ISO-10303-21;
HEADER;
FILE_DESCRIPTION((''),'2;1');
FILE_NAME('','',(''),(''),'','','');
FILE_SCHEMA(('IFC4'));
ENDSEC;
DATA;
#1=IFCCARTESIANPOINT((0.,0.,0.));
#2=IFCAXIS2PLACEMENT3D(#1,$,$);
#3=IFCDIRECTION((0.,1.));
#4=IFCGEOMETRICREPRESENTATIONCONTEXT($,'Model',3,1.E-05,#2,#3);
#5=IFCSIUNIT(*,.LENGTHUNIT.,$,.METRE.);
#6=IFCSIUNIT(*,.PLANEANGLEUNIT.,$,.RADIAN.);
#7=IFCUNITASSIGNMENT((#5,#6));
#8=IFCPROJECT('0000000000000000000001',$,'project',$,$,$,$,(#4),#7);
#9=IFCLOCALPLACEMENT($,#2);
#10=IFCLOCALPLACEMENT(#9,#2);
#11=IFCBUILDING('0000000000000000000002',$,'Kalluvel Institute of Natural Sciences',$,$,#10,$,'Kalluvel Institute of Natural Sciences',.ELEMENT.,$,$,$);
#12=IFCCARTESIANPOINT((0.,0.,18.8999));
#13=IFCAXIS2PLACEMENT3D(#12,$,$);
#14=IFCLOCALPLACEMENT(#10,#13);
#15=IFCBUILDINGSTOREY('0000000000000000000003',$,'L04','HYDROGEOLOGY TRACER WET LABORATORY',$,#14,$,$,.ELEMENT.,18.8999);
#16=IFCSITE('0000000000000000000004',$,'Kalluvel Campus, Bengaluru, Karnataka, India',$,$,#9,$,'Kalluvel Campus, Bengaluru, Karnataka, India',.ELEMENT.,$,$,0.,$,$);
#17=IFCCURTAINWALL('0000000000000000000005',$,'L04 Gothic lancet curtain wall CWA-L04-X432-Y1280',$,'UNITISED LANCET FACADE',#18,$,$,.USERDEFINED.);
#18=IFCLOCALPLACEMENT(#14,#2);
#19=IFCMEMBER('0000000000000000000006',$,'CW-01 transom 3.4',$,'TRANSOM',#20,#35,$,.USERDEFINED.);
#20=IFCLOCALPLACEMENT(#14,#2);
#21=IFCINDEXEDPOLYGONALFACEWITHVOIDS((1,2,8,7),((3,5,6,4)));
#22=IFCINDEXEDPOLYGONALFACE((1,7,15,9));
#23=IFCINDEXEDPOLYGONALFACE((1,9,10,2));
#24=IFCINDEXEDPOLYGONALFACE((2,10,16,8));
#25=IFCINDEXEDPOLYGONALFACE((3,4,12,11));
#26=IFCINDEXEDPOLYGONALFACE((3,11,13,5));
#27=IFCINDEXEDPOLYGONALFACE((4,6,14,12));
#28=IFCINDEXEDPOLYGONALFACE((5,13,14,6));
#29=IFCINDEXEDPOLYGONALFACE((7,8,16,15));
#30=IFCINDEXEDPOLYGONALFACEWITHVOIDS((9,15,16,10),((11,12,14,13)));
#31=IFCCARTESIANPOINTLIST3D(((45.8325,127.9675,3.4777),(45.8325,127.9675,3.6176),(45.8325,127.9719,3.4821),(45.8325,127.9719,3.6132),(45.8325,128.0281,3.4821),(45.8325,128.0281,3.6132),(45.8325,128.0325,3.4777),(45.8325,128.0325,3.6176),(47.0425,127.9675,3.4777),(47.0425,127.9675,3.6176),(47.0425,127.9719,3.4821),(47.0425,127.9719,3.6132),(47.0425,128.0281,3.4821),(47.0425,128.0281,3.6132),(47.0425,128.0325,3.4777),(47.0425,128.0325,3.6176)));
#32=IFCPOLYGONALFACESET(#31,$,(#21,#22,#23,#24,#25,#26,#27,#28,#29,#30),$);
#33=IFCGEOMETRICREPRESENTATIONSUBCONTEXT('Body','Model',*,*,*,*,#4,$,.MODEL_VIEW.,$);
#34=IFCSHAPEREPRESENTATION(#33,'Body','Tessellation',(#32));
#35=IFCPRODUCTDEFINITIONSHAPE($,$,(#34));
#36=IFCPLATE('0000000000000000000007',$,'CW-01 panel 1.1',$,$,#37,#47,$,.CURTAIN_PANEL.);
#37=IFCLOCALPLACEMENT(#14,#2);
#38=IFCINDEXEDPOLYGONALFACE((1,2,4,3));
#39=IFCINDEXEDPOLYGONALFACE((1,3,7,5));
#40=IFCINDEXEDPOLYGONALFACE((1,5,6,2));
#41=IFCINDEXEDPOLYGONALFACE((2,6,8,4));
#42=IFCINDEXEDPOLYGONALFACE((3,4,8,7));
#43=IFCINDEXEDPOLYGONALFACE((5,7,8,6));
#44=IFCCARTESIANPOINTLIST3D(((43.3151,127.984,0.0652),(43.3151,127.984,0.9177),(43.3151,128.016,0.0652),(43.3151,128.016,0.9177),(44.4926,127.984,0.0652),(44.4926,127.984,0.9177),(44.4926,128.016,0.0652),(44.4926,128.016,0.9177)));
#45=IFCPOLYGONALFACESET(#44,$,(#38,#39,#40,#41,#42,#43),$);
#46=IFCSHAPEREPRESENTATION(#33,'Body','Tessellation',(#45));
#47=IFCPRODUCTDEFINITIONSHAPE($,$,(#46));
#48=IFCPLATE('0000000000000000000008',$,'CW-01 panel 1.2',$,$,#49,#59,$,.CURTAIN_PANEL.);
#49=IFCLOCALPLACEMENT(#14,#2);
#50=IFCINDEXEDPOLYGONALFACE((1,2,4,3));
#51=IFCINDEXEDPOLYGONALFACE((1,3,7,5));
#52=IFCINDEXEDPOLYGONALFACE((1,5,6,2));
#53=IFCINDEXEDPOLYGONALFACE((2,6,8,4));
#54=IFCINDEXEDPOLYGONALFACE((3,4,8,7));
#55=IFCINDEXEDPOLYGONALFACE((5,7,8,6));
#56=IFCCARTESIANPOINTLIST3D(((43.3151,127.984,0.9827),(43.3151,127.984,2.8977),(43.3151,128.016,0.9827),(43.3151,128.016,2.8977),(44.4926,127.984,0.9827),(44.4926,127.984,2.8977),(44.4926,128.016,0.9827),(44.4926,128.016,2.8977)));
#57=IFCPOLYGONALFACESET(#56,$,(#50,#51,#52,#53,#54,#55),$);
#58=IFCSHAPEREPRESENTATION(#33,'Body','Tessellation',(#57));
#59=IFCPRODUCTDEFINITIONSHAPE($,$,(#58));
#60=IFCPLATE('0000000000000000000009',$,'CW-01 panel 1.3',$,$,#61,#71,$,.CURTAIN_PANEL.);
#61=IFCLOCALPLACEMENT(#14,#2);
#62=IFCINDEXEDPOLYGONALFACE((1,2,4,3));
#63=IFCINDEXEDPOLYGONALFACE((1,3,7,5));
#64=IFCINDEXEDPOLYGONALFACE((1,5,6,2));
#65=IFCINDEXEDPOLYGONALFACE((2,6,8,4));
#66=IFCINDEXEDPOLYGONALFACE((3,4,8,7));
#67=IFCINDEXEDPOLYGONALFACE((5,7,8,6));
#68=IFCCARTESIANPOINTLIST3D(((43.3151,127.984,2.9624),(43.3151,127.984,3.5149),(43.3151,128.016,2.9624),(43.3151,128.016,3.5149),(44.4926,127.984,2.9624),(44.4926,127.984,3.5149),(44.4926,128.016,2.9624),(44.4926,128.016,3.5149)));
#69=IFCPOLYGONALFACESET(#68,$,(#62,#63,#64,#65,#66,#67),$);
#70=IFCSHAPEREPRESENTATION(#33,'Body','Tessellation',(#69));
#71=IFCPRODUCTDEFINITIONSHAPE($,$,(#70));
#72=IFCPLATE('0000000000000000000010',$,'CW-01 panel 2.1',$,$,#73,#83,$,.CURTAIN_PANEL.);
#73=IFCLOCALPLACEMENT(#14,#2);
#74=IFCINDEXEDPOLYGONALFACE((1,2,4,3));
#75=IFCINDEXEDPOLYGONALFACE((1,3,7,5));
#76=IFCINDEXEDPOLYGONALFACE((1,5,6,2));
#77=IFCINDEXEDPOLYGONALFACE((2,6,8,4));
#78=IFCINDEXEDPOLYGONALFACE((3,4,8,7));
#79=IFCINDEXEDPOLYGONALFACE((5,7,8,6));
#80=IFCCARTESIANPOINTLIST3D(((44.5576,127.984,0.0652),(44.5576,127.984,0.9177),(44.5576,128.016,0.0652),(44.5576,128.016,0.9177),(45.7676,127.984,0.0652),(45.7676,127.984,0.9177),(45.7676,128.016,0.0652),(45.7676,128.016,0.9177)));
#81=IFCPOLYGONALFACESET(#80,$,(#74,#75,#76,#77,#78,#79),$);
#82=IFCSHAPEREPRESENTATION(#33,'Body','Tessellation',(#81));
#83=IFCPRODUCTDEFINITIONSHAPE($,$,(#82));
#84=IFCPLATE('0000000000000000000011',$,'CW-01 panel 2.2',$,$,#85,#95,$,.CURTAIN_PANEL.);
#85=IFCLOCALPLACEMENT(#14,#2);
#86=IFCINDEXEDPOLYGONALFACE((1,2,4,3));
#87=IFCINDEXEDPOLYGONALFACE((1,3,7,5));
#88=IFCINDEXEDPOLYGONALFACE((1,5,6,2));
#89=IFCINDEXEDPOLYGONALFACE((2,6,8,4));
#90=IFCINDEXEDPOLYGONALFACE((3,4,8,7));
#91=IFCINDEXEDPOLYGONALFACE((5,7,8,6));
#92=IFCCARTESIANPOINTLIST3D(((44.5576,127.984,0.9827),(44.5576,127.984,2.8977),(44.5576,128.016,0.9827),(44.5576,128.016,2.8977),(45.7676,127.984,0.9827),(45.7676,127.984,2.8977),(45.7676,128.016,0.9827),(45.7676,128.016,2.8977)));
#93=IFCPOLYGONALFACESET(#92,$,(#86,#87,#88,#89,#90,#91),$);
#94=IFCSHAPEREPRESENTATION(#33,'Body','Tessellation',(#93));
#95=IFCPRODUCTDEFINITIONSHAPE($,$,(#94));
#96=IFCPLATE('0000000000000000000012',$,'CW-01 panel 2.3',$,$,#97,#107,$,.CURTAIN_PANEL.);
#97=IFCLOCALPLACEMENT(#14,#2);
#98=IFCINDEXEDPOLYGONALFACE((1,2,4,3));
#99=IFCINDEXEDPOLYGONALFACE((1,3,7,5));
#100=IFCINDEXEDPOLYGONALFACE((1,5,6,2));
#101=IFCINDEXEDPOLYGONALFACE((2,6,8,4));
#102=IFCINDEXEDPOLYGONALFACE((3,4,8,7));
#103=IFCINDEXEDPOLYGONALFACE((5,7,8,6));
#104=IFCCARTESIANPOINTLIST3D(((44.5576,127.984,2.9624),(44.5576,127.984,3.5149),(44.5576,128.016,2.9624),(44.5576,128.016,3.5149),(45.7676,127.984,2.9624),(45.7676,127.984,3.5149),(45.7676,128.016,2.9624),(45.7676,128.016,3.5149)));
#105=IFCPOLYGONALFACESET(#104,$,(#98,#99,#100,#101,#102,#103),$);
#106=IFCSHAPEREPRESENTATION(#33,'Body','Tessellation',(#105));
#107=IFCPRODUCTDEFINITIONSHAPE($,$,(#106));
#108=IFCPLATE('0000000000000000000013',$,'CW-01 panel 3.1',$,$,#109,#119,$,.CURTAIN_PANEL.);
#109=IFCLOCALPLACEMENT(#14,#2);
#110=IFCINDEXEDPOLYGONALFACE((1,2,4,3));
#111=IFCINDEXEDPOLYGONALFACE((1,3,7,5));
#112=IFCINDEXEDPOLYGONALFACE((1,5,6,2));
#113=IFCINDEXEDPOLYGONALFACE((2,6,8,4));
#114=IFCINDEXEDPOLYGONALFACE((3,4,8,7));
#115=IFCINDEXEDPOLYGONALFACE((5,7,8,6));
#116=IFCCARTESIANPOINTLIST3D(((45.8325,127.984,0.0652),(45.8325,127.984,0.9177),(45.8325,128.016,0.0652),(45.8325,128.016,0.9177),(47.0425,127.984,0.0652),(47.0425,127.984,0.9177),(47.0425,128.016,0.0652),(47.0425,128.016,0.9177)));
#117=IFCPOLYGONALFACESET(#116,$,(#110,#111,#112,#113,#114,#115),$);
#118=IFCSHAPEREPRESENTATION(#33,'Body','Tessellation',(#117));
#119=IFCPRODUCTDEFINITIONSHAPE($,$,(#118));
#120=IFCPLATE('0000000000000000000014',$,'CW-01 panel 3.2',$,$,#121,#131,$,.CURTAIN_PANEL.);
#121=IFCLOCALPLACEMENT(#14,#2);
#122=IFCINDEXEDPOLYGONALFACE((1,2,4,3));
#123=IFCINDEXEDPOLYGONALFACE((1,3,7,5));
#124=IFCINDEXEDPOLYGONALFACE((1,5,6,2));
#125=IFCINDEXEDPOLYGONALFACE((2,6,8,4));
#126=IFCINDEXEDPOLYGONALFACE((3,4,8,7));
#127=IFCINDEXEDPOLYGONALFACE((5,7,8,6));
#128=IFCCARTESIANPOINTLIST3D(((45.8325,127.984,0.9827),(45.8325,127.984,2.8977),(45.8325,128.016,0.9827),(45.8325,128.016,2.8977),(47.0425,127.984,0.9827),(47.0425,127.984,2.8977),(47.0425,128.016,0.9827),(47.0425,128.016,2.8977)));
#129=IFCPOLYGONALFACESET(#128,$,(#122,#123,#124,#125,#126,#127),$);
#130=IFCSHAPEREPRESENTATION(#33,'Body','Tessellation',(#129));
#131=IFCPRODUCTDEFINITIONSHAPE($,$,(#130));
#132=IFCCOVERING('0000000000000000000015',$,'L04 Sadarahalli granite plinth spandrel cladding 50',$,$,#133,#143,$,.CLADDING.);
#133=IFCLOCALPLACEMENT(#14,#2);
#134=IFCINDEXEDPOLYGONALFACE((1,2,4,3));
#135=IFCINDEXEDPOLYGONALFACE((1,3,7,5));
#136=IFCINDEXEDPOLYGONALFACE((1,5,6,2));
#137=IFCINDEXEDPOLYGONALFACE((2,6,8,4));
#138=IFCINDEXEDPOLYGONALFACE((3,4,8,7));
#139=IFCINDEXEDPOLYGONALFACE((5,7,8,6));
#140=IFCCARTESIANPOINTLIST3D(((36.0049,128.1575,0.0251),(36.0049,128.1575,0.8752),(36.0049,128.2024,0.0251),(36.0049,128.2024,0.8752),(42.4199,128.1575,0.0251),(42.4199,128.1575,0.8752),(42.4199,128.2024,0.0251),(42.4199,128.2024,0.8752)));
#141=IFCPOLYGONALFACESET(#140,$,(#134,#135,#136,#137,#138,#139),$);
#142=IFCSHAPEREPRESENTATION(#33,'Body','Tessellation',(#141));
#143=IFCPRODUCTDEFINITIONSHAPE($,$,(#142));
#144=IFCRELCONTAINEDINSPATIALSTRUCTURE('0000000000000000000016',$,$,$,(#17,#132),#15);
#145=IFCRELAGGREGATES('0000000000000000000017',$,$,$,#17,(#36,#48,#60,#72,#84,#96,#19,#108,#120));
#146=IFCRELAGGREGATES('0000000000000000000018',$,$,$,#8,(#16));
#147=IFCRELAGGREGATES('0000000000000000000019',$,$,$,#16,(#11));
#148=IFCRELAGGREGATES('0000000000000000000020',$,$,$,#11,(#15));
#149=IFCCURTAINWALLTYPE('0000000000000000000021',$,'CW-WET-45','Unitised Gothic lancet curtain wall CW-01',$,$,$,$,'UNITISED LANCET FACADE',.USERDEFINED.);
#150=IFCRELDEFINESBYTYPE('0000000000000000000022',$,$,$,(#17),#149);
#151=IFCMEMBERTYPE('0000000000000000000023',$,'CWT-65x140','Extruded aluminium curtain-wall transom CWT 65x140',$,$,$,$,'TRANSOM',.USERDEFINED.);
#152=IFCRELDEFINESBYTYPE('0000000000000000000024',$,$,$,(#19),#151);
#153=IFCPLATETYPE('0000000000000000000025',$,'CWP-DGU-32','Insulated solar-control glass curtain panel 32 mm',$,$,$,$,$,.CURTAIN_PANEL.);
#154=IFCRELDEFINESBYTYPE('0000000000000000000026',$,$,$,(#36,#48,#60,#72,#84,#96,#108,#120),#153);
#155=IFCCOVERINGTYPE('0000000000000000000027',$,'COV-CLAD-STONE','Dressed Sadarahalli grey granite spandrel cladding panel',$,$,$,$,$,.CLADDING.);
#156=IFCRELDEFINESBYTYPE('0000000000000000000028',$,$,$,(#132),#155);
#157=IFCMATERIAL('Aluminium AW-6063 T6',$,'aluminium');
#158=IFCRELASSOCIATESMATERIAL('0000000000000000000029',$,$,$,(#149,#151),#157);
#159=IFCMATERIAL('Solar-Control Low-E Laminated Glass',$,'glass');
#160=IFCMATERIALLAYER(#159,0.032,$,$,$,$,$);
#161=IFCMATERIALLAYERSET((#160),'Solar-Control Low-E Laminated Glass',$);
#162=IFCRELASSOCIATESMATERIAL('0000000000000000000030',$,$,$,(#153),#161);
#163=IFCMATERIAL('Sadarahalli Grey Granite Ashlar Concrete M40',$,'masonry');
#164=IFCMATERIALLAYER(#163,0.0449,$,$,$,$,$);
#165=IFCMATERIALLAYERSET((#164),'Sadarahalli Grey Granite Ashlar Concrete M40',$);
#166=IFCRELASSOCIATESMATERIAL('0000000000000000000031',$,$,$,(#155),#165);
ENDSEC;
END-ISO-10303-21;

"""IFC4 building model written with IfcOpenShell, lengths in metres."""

from ifc_helpers import new_model, si_unit, direction, frame, origin, origin_2d, place, context, subcontext, project, spatial, rectangle, hollow_rectangle, extrude, material, layer, layer_set, material_profile, profile_set, type_object, element, aggregate, save


model = new_model("IFC4")

# Units and contexts
model_context = context("Model", 3, precision=1e-05, world=origin(), true_north=direction((0.0, 1.0)))
body_context = subcontext(model_context, "Body", "Model", "MODEL_VIEW")
ifc_project = project(units=[si_unit("LENGTHUNIT", "METRE"), si_unit("PLANEANGLEUNIT", "RADIAN")], contexts=[model_context])

# Site, building, storey
site_placement = place(None, origin())
site = spatial("IfcSite", under=ifc_project, at=site_placement, Name="Kalluvel Campus, Bengaluru, Karnataka, India", LongName="Kalluvel Campus, Bengaluru, Karnataka, India", CompositionType="ELEMENT", RefElevation=0.0)
building_placement = place(site_placement, origin())
building = spatial("IfcBuilding", under=site, at=building_placement, Name="Kalluvel Institute of Natural Sciences", LongName="Kalluvel Institute of Natural Sciences", CompositionType="ELEMENT")
storey_placement = place(building_placement, frame((0.0, 0.0, 18.8999)))
storey = spatial("IfcBuildingStorey", under=building, at=storey_placement, Name="L04", Description="HYDROGEOLOGY TRACER WET LABORATORY", CompositionType="ELEMENT", Elevation=18.8999)

# Curtain wall, member, plates
ifc_material_1 = material(Name="Aluminium AW-6063 T6", Category="aluminium")
curtain_wall_type = type_object("IfcCurtainWallType", Name="CW-WET-45", Description="Unitised Gothic lancet curtain wall CW-01", ElementType="UNITISED LANCET FACADE", PredefinedType="USERDEFINED", material=ifc_material_1)
curtain_wall_placement = place(storey_placement, origin())
curtain_wall = element("IfcCurtainWall", 1, at=curtain_wall_placement, inside=storey, type_object=curtain_wall_type, Name="L04 Gothic lancet curtain wall CWA-L04-X432-Y1280", ObjectType="UNITISED LANCET FACADE", PredefinedType="USERDEFINED")
ifc_material_profile_1 = material_profile(ifc_material_1, hollow_rectangle(XDim=0.0649, YDim=0.1399, WallThickness=0.0044, at=origin_2d()), Name="CWT 65x140")
ifc_profile_set_1 = profile_set([ifc_material_profile_1], Name="Aluminium AW-6063 T6")
member_type_1 = type_object("IfcMemberType", Name="CWT-65x140", Description="Extruded aluminium curtain-wall transom CWT 65x140", ElementType="TRANSOM", PredefinedType="USERDEFINED", material=ifc_profile_set_1)
member_1_placement = place(storey_placement, frame((45.8325, 128.0, 3.5476), z_axis=(1.0, 0.0, 0.0), x_axis=(0.0, 1.0, 0.0)))
member_1 = element("IfcMember", 2, at=member_1_placement, type_object=member_type_1, Name="CW-01 transom 3.4", ObjectType="TRANSOM", PredefinedType="USERDEFINED", context=body_context, shape_type="SweptSolid", body=[
    extrude(hollow_rectangle(XDim=0.0649, YDim=0.1399, WallThickness=0.0044, at=origin_2d()), origin(), (0.0, 0.0, 1.0), 1.21),
])
ifc_material_2 = material(Name="Solar-Control Low-E Laminated Glass", Category="glass")
ifc_layer_1 = layer(ifc_material_2, 0.032)
ifc_layer_set_1 = layer_set([ifc_layer_1], Name="Solar-Control Low-E Laminated Glass")
plate_type = type_object("IfcPlateType", Name="CWP-DGU-32", Description="Insulated solar-control glass curtain panel 32 mm", PredefinedType="CURTAIN_PANEL", material=ifc_layer_set_1)
plate_1_placement = place(storey_placement, frame((43.9038, 128.0, 0.0652), z_axis=(0.0, 0.0, 1.0), x_axis=(1.0, 0.0, 0.0)))
plate_1 = element("IfcPlate", 3, at=plate_1_placement, type_object=plate_type, Name="CW-01 panel 1.1", PredefinedType="CURTAIN_PANEL", context=body_context, shape_type="SweptSolid", body=[
    extrude(rectangle(XDim=1.1775, YDim=0.032, at=origin_2d()), origin(), (0.0, 0.0, 1.0), 0.8525),
])
plate_2_placement = place(storey_placement, frame((43.9038, 128.0, 0.9827), z_axis=(0.0, 0.0, 1.0), x_axis=(1.0, 0.0, 0.0)))
plate_2 = element("IfcPlate", 4, at=plate_2_placement, type_object=plate_type, Name="CW-01 panel 1.2", PredefinedType="CURTAIN_PANEL", context=body_context, shape_type="SweptSolid", body=[
    extrude(rectangle(XDim=1.1775, YDim=0.032, at=origin_2d()), origin(), (0.0, 0.0, 1.0), 1.915),
])
plate_3_placement = place(storey_placement, frame((43.9038, 128.0, 2.9624), z_axis=(0.0, 0.0, 1.0), x_axis=(1.0, 0.0, 0.0)))
plate_3 = element("IfcPlate", 5, at=plate_3_placement, type_object=plate_type, Name="CW-01 panel 1.3", PredefinedType="CURTAIN_PANEL", context=body_context, shape_type="SweptSolid", body=[
    extrude(rectangle(XDim=1.1775, YDim=0.032, at=origin_2d()), origin(), (0.0, 0.0, 1.0), 0.5525),
])
plate_4_placement = place(storey_placement, frame((45.1626, 128.0, 0.0652), z_axis=(0.0, 0.0, 1.0), x_axis=(1.0, 0.0, 0.0)))
plate_4 = element("IfcPlate", 6, at=plate_4_placement, type_object=plate_type, Name="CW-01 panel 2.1", PredefinedType="CURTAIN_PANEL", context=body_context, shape_type="SweptSolid", body=[
    extrude(rectangle(XDim=1.21, YDim=0.032, at=origin_2d()), origin(), (0.0, 0.0, 1.0), 0.8525),
])
plate_5_placement = place(storey_placement, frame((45.1626, 128.0, 0.9827), z_axis=(0.0, 0.0, 1.0), x_axis=(1.0, 0.0, 0.0)))
plate_5 = element("IfcPlate", 7, at=plate_5_placement, type_object=plate_type, Name="CW-01 panel 2.2", PredefinedType="CURTAIN_PANEL", context=body_context, shape_type="SweptSolid", body=[
    extrude(rectangle(XDim=1.21, YDim=0.032, at=origin_2d()), origin(), (0.0, 0.0, 1.0), 1.915),
])
plate_6_placement = place(storey_placement, frame((45.1626, 128.0, 2.9624), z_axis=(0.0, 0.0, 1.0), x_axis=(1.0, 0.0, 0.0)))
plate_6 = element("IfcPlate", 8, at=plate_6_placement, type_object=plate_type, Name="CW-01 panel 2.3", PredefinedType="CURTAIN_PANEL", context=body_context, shape_type="SweptSolid", body=[
    extrude(rectangle(XDim=1.21, YDim=0.032, at=origin_2d()), origin(), (0.0, 0.0, 1.0), 0.5525),
])
plate_7_placement = place(storey_placement, frame((46.4375, 128.0, 0.0652), z_axis=(0.0, 0.0, 1.0), x_axis=(1.0, 0.0, 0.0)))
plate_7 = element("IfcPlate", 9, at=plate_7_placement, type_object=plate_type, Name="CW-01 panel 3.1", PredefinedType="CURTAIN_PANEL", context=body_context, shape_type="SweptSolid", body=[
    extrude(rectangle(XDim=1.21, YDim=0.032, at=origin_2d()), origin(), (0.0, 0.0, 1.0), 0.8525),
])
plate_8_placement = place(storey_placement, frame((46.4375, 128.0, 0.9827), z_axis=(0.0, 0.0, 1.0), x_axis=(1.0, 0.0, 0.0)))
plate_8 = element("IfcPlate", 10, at=plate_8_placement, type_object=plate_type, Name="CW-01 panel 3.2", PredefinedType="CURTAIN_PANEL", context=body_context, shape_type="SweptSolid", body=[
    extrude(rectangle(XDim=1.21, YDim=0.032, at=origin_2d()), origin(), (0.0, 0.0, 1.0), 1.915),
])
aggregate(curtain_wall, [plate_1, plate_2, plate_3, plate_4, plate_5, plate_6, member_1, plate_7, plate_8])

# Covering
ifc_material_3 = material(Name="Sadarahalli Grey Granite Ashlar Concrete M40", Category="masonry")
ifc_layer_2 = layer(ifc_material_3, 0.0449)
ifc_layer_set_2 = layer_set([ifc_layer_2], Name="Sadarahalli Grey Granite Ashlar Concrete M40")
covering_type = type_object("IfcCoveringType", Name="COV-CLAD-STONE", Description="Dressed Sadarahalli grey granite spandrel cladding panel", PredefinedType="CLADDING", material=ifc_layer_set_2)
covering_placement = place(storey_placement, frame((39.2124, 128.1799, 0.0251), z_axis=(0.0, 0.0, 1.0), x_axis=(1.0, 0.0, 0.0)))
element("IfcCovering", 11, at=covering_placement, inside=storey, type_object=covering_type, Name="L04 Sadarahalli granite plinth spandrel cladding 50", PredefinedType="CLADDING", context=body_context, shape_type="SweptSolid", body=[
    extrude(rectangle(XDim=6.415, YDim=0.0449, at=origin_2d()), origin(), (0.0, 0.0, 1.0), 0.8501),
])

save(model, "model.ifc")
